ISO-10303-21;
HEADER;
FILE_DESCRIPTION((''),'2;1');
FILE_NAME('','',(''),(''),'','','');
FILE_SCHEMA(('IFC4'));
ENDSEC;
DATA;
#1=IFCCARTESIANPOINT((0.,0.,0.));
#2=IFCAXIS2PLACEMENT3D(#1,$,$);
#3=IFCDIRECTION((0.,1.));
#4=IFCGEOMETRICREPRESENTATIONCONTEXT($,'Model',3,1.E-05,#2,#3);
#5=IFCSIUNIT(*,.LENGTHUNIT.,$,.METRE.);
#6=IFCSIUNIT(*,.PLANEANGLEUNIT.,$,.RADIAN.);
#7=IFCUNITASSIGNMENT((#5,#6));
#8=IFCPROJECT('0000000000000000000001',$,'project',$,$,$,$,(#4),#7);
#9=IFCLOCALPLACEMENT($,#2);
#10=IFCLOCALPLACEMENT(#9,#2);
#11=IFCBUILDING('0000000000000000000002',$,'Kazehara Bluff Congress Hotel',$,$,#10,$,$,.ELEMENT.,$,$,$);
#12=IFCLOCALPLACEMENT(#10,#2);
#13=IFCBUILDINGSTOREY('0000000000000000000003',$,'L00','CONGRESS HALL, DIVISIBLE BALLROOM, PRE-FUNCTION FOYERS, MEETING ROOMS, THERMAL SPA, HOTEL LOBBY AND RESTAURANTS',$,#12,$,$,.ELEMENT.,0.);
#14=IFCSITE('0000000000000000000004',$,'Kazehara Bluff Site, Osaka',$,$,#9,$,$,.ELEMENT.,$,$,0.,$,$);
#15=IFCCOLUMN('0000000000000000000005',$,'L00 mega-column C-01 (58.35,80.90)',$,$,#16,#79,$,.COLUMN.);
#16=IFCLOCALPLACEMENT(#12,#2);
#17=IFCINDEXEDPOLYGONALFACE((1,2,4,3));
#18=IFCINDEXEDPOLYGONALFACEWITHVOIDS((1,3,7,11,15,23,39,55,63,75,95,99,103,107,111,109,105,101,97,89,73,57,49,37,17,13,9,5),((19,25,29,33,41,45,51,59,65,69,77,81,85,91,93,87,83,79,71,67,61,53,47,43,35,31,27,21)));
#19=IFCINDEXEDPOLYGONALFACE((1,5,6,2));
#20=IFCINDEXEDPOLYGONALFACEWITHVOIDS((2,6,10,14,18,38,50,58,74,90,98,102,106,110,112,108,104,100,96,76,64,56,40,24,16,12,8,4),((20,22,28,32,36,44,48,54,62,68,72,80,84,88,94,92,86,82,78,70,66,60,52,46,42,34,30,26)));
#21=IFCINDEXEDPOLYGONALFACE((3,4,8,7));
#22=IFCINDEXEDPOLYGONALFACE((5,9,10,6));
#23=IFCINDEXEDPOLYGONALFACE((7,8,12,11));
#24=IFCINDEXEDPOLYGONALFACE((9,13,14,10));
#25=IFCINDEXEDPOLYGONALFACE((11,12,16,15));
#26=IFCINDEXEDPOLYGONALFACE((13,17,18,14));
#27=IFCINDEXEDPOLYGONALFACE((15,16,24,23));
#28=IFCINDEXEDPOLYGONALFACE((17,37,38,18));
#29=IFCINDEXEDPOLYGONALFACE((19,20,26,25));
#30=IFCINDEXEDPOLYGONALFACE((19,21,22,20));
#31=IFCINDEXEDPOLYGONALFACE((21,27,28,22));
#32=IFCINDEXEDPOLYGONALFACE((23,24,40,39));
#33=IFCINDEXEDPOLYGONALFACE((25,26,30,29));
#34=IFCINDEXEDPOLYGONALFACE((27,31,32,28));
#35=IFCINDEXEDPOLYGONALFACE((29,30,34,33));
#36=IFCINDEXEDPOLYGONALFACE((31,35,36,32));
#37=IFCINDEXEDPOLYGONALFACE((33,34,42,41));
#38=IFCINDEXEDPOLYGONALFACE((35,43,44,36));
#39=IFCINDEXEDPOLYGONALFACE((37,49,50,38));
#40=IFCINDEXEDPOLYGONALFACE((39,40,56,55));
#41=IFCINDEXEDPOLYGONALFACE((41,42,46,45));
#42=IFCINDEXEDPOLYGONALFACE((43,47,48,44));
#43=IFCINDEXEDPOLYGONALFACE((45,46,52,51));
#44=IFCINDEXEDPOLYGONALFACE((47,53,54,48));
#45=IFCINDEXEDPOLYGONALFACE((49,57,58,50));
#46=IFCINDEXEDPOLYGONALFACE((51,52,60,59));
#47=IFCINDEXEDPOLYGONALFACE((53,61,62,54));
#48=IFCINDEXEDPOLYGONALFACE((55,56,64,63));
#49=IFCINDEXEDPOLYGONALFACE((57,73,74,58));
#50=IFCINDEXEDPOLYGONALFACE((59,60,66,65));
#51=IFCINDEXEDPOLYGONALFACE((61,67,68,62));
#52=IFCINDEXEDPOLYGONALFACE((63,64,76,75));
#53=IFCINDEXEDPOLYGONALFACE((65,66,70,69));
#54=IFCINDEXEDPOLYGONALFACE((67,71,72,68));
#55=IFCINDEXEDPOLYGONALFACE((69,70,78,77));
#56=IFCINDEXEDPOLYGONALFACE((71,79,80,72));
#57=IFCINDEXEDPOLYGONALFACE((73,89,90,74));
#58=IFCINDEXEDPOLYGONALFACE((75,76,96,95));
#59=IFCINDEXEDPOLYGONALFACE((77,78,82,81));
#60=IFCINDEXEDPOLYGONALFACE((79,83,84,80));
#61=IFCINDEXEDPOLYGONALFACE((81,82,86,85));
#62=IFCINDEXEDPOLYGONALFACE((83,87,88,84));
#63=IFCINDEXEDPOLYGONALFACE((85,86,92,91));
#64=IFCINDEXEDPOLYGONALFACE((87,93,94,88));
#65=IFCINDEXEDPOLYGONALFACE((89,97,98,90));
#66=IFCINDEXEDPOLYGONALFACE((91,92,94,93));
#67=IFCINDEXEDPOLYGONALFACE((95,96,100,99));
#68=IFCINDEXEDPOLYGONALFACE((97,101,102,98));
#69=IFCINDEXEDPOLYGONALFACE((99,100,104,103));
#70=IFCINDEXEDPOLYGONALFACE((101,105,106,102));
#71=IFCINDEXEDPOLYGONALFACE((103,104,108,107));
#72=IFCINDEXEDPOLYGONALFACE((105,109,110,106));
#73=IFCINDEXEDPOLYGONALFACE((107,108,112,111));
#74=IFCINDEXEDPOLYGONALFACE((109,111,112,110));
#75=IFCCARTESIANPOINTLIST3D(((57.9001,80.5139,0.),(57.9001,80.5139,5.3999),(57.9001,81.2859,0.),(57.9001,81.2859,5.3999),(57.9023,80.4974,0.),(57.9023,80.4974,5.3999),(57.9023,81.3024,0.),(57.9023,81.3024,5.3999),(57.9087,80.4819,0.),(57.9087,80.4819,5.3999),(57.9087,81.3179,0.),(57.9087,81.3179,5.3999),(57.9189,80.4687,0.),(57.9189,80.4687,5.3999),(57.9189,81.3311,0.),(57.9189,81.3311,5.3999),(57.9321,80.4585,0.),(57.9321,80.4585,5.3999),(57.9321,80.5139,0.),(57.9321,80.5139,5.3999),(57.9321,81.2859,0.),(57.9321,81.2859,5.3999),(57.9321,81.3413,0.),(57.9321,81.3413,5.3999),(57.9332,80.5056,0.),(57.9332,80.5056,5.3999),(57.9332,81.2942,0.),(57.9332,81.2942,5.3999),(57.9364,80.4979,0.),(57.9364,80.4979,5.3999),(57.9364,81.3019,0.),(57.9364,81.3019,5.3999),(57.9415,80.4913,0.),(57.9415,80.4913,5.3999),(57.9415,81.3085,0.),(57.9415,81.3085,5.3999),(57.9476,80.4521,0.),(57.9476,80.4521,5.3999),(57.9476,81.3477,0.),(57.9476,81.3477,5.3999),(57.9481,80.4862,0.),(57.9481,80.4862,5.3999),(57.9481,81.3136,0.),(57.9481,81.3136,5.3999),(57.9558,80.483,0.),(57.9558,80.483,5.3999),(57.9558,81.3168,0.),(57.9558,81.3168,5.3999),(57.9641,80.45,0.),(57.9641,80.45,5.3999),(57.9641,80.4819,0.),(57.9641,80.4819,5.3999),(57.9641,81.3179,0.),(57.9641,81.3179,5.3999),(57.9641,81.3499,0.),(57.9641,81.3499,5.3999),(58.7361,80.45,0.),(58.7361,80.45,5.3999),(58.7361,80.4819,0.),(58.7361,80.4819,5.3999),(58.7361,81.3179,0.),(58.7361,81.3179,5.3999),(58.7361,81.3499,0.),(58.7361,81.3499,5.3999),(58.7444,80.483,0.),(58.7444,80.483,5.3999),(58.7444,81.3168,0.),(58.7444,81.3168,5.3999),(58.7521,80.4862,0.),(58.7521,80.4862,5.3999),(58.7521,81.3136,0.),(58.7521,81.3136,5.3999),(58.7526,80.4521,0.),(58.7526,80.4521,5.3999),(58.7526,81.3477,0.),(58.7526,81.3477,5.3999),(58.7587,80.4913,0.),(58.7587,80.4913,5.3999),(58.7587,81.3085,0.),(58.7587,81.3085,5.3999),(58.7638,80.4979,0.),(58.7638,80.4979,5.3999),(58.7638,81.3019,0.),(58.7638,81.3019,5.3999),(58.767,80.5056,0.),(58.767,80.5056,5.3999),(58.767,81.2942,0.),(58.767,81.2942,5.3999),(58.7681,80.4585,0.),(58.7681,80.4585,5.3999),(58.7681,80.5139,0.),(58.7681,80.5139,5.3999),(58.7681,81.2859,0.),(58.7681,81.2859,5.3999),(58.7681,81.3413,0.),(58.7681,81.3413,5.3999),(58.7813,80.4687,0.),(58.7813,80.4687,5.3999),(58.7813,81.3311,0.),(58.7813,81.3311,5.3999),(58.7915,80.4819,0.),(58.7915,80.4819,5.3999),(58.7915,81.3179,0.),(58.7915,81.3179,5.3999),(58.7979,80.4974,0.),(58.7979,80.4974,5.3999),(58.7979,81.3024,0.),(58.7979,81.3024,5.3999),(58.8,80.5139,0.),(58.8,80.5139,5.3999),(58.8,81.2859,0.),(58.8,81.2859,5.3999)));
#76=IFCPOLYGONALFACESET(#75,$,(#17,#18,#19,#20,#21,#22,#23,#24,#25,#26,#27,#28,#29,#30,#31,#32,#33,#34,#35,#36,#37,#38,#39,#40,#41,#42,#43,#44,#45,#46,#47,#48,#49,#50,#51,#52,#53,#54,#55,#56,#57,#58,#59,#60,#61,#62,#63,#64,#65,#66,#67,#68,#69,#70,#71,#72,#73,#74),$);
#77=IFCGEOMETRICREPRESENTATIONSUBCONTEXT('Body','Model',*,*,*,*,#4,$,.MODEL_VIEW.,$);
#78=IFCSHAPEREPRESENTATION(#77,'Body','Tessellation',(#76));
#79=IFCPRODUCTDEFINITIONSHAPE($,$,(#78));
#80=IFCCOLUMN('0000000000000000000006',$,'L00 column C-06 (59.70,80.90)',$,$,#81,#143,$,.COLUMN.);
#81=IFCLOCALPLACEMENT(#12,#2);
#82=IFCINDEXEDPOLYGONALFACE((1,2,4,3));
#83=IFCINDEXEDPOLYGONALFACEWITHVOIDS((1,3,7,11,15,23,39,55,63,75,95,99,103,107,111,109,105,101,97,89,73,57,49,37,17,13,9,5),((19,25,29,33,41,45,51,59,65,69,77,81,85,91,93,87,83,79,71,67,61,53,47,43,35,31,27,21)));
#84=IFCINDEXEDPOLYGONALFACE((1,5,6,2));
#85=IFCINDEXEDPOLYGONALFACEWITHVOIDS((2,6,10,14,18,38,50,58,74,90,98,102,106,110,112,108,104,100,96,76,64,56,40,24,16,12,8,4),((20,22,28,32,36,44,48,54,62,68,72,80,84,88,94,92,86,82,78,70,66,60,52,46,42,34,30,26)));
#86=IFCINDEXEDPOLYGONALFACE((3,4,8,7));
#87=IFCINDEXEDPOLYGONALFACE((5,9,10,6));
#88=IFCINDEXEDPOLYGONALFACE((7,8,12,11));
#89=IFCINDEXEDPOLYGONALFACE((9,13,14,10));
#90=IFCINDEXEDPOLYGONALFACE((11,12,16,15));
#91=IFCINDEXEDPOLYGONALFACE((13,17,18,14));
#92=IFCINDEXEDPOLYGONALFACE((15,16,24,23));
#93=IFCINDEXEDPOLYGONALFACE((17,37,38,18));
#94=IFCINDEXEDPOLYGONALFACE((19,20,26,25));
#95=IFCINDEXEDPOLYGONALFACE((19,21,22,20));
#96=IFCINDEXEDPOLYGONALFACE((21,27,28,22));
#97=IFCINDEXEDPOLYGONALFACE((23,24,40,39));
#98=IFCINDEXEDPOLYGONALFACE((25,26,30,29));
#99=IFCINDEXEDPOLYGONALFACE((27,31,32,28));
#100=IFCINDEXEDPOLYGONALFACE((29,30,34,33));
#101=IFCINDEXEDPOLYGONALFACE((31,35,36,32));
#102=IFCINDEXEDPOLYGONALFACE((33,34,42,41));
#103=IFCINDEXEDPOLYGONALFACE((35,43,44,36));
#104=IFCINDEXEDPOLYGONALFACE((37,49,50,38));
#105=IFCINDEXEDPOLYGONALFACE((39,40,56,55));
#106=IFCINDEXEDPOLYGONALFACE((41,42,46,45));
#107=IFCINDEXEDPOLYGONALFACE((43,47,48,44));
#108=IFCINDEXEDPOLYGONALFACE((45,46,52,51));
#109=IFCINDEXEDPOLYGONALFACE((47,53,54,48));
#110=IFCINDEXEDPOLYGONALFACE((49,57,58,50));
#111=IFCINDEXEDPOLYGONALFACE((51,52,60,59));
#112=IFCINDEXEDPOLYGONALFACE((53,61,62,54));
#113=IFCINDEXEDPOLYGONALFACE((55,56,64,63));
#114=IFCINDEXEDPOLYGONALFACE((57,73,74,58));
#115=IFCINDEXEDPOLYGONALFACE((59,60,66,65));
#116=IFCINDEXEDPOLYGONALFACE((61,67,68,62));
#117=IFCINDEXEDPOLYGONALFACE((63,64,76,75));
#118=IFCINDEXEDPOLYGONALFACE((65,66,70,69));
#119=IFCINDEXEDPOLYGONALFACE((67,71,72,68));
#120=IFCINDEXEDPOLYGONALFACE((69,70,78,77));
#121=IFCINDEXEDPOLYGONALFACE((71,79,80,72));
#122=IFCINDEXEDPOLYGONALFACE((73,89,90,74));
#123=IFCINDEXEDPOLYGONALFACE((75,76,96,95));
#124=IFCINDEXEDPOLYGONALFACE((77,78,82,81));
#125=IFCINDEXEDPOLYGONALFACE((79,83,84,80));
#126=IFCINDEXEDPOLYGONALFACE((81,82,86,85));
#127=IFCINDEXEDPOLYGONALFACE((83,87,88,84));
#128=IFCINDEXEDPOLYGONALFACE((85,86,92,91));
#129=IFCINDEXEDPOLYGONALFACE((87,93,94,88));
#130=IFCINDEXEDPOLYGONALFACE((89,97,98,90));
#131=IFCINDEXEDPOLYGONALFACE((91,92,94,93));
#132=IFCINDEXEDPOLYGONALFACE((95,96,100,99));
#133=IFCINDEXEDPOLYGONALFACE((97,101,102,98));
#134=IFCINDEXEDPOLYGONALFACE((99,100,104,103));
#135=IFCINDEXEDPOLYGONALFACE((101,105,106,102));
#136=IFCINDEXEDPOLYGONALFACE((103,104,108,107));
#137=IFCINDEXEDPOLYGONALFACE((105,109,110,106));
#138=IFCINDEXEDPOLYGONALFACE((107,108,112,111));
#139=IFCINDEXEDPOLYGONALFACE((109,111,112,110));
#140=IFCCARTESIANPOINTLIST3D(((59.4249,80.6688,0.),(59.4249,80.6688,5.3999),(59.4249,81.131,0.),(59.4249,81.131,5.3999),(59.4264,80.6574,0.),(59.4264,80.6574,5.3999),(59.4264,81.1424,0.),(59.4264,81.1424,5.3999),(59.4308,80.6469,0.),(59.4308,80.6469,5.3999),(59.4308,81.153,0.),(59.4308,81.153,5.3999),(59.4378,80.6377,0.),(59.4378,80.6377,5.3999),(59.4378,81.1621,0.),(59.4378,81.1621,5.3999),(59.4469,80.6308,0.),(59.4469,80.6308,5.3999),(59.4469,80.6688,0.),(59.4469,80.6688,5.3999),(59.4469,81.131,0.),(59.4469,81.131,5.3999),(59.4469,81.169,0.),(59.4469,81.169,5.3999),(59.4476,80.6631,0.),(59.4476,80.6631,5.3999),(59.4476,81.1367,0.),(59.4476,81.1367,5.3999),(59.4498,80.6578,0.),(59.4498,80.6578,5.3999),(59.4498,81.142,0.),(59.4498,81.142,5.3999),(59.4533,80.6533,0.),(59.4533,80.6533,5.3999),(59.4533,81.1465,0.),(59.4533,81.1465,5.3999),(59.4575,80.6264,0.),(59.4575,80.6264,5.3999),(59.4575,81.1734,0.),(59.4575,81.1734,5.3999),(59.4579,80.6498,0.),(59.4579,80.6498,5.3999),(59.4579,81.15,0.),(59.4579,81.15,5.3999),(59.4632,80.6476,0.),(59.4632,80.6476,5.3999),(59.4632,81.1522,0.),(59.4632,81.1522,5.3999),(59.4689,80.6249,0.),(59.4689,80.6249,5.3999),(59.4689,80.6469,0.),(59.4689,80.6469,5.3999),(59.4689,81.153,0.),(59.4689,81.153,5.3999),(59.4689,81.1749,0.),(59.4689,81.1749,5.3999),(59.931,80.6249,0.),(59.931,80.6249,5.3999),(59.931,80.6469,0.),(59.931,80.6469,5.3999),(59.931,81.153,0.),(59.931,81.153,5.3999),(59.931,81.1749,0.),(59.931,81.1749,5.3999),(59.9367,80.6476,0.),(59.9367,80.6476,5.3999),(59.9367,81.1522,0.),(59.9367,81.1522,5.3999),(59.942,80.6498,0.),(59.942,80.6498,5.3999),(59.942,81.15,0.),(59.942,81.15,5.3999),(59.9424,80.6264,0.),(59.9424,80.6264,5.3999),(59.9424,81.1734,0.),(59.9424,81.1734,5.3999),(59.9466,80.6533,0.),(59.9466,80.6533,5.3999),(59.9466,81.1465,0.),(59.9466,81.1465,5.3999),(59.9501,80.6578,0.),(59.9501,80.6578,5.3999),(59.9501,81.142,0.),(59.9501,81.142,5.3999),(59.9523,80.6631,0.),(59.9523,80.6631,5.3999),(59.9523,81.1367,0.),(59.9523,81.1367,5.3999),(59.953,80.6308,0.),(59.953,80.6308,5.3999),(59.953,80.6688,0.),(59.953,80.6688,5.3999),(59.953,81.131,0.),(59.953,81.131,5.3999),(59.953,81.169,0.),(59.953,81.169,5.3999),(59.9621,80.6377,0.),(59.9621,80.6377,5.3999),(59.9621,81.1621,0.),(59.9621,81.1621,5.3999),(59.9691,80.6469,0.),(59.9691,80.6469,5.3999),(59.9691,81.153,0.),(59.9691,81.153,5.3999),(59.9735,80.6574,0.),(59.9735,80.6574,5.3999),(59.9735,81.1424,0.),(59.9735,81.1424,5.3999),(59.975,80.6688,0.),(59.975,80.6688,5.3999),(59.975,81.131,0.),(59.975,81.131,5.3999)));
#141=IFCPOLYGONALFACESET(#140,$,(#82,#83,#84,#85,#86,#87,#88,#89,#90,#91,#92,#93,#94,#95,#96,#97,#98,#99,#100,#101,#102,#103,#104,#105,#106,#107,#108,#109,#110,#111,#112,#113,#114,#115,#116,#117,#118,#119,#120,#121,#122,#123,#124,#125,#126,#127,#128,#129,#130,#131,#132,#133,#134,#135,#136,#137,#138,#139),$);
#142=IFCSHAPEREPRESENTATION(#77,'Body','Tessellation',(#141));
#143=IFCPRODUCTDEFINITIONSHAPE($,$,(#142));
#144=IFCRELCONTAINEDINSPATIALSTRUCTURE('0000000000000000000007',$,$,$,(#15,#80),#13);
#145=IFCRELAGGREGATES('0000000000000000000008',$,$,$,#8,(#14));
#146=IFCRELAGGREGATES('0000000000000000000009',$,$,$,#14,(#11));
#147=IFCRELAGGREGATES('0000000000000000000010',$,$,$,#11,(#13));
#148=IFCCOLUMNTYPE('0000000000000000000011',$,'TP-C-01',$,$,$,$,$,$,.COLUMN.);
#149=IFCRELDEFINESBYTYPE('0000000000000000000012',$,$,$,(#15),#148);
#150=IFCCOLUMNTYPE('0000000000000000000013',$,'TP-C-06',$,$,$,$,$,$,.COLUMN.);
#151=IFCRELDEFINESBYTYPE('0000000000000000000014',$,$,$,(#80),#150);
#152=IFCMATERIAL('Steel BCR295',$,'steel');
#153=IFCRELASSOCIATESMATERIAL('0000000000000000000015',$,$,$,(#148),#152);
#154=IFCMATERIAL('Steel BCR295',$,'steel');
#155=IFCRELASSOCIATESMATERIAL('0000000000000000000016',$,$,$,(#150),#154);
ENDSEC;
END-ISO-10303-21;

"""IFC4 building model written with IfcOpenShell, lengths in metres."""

from ifc_helpers import new_model, si_unit, direction, frame, origin, origin_2d, place, context, subcontext, project, spatial, hollow_rectangle, extrude, material, material_profile, profile_set, type_object, element, save


model = new_model("IFC4")

# Units and contexts
model_context = context("Model", 3, precision=1e-05, world=origin(), true_north=direction((0.0, 1.0)))
body_context = subcontext(model_context, "Body", "Model", "MODEL_VIEW")
ifc_project = project(units=[si_unit("LENGTHUNIT", "METRE"), si_unit("PLANEANGLEUNIT", "RADIAN")], contexts=[model_context])

# Site, building, storey
site_placement = place(None, origin())
site = spatial("IfcSite", under=ifc_project, at=site_placement, Name="Kazehara Bluff Site, Osaka", CompositionType="ELEMENT", RefElevation=0.0)
building_placement = place(site_placement, origin())
building = spatial("IfcBuilding", under=site, at=building_placement, Name="Kazehara Bluff Congress Hotel", CompositionType="ELEMENT")
storey_placement = place(building_placement, origin())
storey = spatial("IfcBuildingStorey", under=building, at=storey_placement, Name="L00", Description="CONGRESS HALL, DIVISIBLE BALLROOM, PRE-FUNCTION FOYERS, MEETING ROOMS, THERMAL SPA, HOTEL LOBBY AND RESTAURANTS", CompositionType="ELEMENT", Elevation=0.0)

# Columns
ifc_material_1 = material(Name="Steel BCR295", Category="steel")
ifc_material_profile_1 = material_profile(ifc_material_1, hollow_rectangle(XDim=0.8999, YDim=0.8999, WallThickness=0.032, InnerFilletRadius=0.032, OuterFilletRadius=0.064, at=origin_2d()))
ifc_profile_set_1 = profile_set([ifc_material_profile_1], Name="Steel BCR295")
column_type_1 = type_object("IfcColumnType", Name="TP-C-01", PredefinedType="COLUMN", material=ifc_profile_set_1)
column_1_placement = place(storey_placement, frame((58.3501, 80.8999, 0.0), z_axis=(0.0, 0.0, 1.0), x_axis=(1.0, 0.0, 0.0)))
element("IfcColumn", 1, at=column_1_placement, inside=storey, type_object=column_type_1, Name="L00 mega-column C-01 (58.35,80.90)", PredefinedType="COLUMN", context=body_context, shape_type="SweptSolid", body=[
    extrude(hollow_rectangle(XDim=0.8999, YDim=0.8999, WallThickness=0.032, InnerFilletRadius=0.032, OuterFilletRadius=0.064, at=origin_2d()), origin(), (0.0, 0.0, 1.0), 5.3999),
])
ifc_material_2 = material(Name="Steel BCR295", Category="steel")
ifc_material_profile_2 = material_profile(ifc_material_2, hollow_rectangle(XDim=0.55, YDim=0.55, WallThickness=0.022, InnerFilletRadius=0.022, OuterFilletRadius=0.0439, at=origin_2d()))
ifc_profile_set_2 = profile_set([ifc_material_profile_2], Name="Steel BCR295")
column_type_2 = type_object("IfcColumnType", Name="TP-C-06", PredefinedType="COLUMN", material=ifc_profile_set_2)
column_2_placement = place(storey_placement, frame((59.7, 80.8999, 0.0), z_axis=(0.0, 0.0, 1.0), x_axis=(1.0, 0.0, 0.0)))
element("IfcColumn", 2, at=column_2_placement, inside=storey, type_object=column_type_2, Name="L00 column C-06 (59.70,80.90)", PredefinedType="COLUMN", context=body_context, shape_type="SweptSolid", body=[
    extrude(hollow_rectangle(XDim=0.55, YDim=0.55, WallThickness=0.022, InnerFilletRadius=0.022, OuterFilletRadius=0.0439, at=origin_2d()), origin(), (0.0, 0.0, 1.0), 5.3999),
])

save(model, "model.ifc")
